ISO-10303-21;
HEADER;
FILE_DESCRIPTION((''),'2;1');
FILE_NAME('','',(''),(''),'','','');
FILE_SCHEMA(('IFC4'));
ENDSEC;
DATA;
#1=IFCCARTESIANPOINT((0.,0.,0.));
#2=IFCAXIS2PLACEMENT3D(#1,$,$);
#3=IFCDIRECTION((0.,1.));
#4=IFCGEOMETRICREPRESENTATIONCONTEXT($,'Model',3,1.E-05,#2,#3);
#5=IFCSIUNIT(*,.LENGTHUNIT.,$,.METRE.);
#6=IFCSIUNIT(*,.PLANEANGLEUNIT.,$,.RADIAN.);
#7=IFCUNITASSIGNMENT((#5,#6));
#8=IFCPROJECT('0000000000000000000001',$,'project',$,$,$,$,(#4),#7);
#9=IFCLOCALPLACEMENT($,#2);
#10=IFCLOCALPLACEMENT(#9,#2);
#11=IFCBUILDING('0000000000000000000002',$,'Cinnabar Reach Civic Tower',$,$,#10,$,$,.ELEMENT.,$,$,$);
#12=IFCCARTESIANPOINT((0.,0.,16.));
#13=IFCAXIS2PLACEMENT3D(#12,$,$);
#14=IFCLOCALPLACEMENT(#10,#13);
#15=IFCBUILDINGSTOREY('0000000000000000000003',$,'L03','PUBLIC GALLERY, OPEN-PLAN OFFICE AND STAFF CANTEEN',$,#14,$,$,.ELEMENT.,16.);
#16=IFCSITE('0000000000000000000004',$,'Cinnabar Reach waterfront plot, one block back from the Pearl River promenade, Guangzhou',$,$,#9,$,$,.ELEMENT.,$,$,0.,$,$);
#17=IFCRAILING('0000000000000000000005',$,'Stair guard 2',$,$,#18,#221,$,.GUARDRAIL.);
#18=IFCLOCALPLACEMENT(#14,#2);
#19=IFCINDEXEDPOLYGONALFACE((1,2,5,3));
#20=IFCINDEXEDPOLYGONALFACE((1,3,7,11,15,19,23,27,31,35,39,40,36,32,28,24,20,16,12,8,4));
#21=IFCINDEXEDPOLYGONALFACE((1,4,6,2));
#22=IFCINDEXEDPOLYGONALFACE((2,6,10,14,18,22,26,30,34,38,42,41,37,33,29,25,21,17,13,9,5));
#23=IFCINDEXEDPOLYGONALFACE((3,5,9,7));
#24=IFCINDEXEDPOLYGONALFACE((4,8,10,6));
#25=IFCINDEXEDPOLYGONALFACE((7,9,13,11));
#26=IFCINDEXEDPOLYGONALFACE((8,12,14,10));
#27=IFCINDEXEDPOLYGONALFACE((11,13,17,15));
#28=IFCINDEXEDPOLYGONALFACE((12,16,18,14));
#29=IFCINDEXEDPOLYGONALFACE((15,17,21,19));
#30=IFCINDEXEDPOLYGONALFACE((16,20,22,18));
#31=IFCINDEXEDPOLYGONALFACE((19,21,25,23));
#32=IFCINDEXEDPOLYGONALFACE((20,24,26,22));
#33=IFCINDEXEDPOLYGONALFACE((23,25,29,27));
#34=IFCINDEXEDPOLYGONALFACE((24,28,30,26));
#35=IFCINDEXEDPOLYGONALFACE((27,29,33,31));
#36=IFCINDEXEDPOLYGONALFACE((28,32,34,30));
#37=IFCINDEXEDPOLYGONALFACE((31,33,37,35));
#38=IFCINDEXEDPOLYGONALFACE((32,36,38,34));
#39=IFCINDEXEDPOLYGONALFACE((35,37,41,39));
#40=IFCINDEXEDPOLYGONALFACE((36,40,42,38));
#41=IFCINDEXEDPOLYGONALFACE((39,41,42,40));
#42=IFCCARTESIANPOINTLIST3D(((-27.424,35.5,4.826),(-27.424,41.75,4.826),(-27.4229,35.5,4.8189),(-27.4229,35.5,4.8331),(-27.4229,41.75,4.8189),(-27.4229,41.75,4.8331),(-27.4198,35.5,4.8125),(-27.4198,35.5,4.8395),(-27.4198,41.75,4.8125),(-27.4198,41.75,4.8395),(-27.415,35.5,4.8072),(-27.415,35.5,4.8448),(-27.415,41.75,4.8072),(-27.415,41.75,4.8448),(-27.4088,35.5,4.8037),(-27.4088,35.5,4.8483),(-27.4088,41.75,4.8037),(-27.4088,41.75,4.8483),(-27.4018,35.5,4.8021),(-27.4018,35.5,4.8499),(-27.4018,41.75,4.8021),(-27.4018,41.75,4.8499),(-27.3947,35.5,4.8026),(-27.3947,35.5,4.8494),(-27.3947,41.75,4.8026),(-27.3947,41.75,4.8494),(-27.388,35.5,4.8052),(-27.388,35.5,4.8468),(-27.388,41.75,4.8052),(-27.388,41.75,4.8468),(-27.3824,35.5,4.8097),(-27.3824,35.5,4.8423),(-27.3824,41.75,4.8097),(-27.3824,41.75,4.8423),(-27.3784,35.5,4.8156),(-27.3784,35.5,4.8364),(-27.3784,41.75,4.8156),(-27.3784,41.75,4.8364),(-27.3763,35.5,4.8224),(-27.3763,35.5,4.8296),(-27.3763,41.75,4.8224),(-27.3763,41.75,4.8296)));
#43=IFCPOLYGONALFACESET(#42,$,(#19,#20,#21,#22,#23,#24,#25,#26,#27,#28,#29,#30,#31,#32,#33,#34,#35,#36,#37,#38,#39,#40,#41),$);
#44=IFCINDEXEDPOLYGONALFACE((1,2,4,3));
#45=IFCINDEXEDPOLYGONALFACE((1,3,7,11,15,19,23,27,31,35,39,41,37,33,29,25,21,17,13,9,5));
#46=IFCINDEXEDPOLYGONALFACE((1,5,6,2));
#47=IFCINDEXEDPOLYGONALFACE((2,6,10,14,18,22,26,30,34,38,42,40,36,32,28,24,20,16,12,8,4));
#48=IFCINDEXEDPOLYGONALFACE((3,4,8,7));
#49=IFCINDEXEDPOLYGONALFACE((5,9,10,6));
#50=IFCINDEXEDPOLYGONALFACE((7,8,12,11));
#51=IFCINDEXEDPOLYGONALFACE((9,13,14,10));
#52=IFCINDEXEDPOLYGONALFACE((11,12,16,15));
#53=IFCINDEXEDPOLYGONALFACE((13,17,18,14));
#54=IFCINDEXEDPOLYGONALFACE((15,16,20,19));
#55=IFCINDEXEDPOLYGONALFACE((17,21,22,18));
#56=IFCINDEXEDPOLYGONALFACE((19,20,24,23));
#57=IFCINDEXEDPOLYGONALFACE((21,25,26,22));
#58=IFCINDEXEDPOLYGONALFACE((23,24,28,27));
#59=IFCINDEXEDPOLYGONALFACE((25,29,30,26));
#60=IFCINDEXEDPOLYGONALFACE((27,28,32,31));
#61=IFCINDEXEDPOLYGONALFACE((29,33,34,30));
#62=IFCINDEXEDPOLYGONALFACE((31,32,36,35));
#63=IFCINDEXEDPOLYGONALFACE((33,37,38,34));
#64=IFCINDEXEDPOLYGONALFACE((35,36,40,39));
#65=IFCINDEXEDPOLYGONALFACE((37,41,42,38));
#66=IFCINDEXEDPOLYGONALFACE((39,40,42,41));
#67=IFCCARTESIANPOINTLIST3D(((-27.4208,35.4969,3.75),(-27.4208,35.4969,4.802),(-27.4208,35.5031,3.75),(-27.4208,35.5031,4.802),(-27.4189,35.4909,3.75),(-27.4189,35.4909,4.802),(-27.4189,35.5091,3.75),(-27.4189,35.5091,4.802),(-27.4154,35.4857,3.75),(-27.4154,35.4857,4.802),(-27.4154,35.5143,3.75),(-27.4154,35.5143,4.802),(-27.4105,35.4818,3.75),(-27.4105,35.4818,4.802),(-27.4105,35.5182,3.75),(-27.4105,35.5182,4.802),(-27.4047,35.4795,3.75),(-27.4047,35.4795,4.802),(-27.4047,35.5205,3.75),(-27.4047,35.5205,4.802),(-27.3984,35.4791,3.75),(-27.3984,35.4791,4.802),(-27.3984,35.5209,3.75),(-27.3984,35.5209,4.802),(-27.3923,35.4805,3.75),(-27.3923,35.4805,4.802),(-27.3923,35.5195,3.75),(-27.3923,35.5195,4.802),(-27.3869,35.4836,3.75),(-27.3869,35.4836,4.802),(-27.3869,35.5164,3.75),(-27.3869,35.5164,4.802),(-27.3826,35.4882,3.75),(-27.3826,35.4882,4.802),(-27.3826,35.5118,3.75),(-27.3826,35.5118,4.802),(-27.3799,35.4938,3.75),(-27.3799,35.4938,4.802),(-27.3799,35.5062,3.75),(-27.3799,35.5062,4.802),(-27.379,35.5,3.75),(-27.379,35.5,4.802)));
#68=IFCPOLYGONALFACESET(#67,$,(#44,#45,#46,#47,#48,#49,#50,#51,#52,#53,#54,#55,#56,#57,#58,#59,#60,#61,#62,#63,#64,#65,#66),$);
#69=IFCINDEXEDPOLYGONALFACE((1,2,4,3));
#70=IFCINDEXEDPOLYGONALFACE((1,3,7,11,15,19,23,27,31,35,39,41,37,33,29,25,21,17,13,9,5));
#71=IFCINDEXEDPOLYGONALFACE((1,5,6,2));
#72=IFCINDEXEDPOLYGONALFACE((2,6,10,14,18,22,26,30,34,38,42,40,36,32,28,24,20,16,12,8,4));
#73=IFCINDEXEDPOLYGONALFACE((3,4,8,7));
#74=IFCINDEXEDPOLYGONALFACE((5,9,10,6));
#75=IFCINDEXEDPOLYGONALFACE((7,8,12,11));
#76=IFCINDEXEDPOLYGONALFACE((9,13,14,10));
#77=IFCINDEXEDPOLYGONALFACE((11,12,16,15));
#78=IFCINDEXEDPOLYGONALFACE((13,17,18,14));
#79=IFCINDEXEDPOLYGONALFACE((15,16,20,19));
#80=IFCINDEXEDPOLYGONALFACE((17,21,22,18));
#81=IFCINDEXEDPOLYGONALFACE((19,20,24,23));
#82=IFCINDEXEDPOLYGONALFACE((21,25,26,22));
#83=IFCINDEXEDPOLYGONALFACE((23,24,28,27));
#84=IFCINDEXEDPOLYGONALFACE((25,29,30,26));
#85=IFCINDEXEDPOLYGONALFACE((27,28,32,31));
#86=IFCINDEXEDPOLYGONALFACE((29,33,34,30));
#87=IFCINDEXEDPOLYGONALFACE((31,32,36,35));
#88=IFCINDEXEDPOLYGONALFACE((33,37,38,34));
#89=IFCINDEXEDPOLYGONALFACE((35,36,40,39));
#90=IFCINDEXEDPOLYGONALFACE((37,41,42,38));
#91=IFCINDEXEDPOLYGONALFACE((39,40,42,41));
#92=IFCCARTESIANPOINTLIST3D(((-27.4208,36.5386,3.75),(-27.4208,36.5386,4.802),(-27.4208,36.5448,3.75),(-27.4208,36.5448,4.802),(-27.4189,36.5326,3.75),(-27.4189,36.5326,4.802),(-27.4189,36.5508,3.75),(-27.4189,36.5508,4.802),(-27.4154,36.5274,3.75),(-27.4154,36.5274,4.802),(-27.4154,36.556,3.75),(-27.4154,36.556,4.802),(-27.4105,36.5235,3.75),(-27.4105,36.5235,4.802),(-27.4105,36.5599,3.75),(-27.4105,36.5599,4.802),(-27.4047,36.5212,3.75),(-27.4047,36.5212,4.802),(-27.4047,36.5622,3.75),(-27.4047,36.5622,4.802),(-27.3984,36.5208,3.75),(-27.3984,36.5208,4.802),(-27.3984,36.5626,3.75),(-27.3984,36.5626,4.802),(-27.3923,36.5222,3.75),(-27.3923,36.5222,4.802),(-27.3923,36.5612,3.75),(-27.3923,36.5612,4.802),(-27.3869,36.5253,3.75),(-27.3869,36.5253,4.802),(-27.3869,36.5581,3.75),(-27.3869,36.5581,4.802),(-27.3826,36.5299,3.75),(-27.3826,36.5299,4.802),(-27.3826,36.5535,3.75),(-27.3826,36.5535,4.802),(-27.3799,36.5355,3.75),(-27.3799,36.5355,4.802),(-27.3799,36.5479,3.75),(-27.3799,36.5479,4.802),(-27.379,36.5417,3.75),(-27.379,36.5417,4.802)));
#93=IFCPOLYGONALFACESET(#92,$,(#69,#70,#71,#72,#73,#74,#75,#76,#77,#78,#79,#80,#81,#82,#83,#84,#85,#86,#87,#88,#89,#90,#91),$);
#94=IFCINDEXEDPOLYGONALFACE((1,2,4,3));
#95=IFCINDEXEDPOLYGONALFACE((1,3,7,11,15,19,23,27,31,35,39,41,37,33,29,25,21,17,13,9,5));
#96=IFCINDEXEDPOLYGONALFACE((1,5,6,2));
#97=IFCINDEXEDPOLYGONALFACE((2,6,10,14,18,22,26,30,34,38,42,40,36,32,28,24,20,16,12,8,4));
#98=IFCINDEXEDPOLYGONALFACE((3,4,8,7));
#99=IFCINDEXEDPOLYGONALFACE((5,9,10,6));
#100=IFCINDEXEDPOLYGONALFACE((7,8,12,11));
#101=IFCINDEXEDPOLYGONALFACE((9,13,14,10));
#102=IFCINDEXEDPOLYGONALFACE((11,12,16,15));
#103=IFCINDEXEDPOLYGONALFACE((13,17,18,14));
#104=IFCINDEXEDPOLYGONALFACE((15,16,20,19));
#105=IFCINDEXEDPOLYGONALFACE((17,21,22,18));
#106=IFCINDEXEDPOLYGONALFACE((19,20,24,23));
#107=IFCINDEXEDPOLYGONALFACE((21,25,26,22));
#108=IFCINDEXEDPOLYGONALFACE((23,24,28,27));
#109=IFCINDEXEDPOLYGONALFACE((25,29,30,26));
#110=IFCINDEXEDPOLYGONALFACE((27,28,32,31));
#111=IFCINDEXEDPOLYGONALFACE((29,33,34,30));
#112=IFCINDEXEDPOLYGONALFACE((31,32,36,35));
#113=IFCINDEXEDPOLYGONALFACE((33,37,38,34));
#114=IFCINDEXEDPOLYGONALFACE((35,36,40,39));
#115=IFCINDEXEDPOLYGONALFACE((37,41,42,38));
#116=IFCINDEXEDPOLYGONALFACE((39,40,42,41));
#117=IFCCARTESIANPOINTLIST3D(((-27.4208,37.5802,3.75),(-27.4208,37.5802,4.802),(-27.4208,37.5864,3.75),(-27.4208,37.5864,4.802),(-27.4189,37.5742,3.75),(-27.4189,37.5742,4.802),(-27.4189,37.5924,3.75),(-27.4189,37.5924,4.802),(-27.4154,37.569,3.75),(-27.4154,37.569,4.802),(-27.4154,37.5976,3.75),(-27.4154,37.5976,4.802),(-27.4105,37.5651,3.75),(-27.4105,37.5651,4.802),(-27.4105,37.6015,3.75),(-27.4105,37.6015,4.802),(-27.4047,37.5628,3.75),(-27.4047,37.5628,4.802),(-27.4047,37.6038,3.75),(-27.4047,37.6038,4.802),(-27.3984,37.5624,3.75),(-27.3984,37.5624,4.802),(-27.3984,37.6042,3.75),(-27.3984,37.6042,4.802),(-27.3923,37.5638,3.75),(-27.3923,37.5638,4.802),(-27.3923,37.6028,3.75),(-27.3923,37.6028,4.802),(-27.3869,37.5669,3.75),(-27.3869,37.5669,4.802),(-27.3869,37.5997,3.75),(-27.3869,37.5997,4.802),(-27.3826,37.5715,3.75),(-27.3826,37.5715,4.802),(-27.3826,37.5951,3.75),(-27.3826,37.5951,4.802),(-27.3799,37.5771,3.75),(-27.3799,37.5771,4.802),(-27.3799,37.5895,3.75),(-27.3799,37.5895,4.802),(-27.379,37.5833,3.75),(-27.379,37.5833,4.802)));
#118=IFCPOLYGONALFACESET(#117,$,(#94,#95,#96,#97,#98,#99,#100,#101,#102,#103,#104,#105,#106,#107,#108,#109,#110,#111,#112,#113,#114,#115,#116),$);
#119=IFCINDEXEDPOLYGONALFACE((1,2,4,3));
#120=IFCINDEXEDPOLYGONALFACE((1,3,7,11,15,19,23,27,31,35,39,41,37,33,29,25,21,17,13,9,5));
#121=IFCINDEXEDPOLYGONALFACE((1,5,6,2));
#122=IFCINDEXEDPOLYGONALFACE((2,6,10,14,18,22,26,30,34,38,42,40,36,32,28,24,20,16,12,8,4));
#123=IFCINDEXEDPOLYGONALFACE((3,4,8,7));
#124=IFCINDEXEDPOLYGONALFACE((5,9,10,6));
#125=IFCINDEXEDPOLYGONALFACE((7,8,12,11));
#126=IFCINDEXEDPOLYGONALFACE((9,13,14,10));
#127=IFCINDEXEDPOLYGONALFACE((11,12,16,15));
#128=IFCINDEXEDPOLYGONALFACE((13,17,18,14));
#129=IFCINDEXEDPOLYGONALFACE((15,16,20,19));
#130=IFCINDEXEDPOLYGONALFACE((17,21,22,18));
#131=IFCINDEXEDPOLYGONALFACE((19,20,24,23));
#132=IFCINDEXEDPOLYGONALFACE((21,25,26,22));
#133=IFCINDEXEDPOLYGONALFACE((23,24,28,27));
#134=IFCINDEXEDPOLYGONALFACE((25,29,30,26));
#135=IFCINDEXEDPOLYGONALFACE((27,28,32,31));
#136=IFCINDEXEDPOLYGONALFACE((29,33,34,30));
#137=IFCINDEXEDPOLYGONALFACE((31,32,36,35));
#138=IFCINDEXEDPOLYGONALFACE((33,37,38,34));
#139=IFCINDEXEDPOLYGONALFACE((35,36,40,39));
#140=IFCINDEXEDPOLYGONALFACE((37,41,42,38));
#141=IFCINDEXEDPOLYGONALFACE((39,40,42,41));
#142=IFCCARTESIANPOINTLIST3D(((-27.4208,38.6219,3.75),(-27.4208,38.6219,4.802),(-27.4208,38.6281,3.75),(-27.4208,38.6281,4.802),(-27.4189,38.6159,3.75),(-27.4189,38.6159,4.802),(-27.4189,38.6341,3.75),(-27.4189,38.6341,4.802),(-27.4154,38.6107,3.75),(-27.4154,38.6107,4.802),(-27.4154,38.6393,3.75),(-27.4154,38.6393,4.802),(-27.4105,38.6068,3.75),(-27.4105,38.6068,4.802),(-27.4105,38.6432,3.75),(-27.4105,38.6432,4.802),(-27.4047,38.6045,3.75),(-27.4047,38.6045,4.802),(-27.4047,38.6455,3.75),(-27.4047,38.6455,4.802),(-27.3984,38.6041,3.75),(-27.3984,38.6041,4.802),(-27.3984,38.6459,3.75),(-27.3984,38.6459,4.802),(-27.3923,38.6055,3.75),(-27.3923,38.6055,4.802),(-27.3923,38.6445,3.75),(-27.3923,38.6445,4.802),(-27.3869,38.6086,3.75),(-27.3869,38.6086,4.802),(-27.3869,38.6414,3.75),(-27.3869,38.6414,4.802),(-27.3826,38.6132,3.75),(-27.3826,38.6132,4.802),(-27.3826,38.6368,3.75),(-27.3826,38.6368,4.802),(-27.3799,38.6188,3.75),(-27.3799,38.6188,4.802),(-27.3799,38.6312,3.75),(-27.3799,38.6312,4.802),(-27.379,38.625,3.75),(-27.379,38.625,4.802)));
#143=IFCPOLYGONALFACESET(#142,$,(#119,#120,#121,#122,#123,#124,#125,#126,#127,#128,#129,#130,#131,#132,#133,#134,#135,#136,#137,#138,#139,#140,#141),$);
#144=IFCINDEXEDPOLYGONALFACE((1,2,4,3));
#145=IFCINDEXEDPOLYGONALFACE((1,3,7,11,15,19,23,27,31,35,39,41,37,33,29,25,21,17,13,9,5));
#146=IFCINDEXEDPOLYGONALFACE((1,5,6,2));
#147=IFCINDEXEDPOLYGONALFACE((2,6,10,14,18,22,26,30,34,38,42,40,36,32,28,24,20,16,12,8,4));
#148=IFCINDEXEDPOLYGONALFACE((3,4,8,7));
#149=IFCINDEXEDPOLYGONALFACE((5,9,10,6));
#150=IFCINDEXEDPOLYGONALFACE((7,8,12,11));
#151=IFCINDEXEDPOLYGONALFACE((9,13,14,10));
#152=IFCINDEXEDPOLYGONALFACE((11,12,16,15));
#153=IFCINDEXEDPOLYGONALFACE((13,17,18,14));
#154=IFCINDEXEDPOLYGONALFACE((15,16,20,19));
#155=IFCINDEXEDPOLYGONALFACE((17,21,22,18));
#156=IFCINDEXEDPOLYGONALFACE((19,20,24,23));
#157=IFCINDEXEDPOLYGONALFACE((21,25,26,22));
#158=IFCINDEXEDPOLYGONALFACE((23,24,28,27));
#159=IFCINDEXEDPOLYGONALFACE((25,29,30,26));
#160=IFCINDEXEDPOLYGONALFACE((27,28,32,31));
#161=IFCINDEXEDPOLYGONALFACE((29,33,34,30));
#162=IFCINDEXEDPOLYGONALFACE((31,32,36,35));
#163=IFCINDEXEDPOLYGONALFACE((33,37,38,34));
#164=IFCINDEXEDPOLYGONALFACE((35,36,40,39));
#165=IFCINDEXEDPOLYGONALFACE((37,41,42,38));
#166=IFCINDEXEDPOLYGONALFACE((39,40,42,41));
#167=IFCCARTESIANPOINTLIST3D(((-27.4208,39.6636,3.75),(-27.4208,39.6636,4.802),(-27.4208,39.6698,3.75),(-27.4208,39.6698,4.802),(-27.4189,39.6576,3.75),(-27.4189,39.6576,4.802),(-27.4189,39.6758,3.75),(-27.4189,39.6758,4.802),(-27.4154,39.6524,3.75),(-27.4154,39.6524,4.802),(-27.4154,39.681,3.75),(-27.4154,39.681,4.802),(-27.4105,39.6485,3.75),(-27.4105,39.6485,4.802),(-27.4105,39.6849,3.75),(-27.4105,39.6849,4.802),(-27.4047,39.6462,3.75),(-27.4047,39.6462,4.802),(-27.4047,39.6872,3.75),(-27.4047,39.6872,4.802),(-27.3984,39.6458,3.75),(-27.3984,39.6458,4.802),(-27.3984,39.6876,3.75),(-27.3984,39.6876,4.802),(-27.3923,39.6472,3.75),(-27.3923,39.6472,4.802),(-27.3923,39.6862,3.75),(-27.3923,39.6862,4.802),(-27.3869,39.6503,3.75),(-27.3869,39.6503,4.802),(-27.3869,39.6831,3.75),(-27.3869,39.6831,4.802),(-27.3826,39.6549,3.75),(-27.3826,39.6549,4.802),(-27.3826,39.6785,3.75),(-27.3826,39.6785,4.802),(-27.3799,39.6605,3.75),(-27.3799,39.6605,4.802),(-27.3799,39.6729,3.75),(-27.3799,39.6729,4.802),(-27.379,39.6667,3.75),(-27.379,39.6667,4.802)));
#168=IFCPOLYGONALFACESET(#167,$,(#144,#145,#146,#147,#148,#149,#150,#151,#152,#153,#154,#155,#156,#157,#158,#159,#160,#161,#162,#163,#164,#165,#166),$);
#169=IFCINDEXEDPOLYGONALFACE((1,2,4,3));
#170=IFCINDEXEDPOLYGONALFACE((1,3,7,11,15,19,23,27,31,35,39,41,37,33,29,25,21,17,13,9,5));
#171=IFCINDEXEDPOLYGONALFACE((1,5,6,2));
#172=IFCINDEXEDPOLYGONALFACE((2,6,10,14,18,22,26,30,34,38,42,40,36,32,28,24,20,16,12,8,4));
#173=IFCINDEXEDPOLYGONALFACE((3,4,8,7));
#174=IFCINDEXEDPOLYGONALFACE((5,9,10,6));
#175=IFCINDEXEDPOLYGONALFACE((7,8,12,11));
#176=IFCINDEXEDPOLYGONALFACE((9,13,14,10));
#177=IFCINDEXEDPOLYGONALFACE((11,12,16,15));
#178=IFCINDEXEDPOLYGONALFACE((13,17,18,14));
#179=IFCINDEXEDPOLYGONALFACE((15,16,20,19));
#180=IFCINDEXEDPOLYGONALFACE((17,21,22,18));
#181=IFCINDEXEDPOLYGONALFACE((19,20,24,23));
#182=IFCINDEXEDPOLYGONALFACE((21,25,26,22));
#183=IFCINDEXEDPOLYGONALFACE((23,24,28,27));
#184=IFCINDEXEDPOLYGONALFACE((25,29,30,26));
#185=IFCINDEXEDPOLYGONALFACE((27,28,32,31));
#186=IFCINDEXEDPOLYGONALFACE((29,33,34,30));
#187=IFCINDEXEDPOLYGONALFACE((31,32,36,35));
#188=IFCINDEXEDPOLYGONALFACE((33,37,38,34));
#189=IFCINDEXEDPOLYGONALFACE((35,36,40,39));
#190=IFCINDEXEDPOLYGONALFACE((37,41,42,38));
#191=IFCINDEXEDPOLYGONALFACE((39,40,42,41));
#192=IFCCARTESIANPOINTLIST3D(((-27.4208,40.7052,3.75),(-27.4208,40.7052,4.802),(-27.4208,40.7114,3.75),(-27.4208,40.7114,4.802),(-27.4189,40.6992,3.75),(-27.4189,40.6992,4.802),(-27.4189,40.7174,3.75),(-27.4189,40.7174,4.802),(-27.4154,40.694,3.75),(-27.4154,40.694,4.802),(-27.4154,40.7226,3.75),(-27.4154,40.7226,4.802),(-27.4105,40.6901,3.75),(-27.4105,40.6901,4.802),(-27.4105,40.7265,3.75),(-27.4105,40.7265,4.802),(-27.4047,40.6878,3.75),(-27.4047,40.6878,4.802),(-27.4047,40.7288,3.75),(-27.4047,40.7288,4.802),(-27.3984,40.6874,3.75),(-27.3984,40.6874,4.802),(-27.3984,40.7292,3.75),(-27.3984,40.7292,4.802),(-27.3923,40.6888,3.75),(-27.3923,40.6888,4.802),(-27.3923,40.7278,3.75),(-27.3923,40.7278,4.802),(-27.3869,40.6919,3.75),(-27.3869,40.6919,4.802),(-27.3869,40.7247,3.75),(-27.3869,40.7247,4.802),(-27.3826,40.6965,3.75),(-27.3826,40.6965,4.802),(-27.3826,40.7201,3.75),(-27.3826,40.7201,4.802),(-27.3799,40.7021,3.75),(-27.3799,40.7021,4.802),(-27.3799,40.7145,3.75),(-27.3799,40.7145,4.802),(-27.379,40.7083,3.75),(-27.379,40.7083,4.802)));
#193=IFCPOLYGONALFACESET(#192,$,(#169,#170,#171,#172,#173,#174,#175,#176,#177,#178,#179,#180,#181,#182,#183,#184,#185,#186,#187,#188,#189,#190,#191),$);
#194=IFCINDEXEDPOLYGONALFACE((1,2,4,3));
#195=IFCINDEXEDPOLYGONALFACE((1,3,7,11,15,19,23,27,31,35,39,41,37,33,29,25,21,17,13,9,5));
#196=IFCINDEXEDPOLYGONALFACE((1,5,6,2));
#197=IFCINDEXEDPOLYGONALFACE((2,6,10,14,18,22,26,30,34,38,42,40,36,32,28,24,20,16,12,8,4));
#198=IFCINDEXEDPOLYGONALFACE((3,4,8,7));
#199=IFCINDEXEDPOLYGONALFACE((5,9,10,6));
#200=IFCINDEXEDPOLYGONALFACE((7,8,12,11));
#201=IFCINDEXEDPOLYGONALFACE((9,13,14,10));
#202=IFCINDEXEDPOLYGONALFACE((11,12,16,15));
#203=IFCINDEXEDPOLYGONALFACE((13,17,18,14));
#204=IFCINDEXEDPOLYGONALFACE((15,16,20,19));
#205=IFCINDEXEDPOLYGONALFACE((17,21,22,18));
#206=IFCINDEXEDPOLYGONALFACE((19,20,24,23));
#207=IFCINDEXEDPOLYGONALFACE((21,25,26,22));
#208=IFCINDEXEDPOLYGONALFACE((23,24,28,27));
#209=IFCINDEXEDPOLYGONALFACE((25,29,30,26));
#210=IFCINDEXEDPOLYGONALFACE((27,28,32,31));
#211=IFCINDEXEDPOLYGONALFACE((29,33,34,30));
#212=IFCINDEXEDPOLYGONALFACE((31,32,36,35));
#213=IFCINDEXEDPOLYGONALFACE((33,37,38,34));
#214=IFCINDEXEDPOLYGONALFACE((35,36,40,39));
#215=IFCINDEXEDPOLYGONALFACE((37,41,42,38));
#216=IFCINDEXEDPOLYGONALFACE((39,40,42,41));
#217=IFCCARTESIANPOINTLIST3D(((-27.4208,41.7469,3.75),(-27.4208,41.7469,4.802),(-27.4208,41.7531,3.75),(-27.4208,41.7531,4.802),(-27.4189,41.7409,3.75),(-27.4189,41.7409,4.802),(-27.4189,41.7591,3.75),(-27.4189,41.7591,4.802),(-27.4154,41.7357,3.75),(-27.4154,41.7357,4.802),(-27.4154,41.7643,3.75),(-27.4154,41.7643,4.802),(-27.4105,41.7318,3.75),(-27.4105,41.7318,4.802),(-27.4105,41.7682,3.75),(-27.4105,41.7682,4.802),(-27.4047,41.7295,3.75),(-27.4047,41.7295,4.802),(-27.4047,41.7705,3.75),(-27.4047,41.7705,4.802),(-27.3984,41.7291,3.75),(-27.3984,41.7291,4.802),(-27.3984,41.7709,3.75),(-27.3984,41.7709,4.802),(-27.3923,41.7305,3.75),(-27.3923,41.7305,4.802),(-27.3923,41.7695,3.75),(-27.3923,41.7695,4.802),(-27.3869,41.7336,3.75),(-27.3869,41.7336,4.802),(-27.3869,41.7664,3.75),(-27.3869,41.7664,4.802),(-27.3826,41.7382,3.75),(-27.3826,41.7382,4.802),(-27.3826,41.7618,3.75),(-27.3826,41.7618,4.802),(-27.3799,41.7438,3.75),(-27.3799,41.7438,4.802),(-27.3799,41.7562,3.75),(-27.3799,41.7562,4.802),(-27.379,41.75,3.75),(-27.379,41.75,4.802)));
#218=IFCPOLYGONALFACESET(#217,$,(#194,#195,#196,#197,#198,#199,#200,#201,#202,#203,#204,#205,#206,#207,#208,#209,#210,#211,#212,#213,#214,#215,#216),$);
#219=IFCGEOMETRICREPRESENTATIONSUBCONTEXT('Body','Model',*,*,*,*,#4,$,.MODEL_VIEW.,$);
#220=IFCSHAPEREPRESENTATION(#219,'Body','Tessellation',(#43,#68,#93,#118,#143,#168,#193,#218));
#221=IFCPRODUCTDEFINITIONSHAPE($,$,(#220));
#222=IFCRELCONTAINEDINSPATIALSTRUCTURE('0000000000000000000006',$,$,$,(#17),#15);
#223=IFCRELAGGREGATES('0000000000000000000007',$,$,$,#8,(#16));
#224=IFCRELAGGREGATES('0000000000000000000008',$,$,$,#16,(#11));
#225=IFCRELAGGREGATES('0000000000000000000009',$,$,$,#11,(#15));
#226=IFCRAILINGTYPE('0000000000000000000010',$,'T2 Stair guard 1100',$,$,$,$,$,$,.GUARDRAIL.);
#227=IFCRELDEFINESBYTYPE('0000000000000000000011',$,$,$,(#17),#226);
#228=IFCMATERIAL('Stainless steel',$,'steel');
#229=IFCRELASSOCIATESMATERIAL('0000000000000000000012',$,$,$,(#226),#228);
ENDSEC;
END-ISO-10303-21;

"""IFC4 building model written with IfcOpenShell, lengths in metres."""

from ifc_helpers import new_model, si_unit, direction, frame, origin, origin_2d, place, context, subcontext, project, spatial, circle, extrude, material, type_object, element, save


model = new_model("IFC4")

# Units and contexts
model_context = context("Model", 3, precision=1e-05, world=origin(), true_north=direction((0.0, 1.0)))
body_context = subcontext(model_context, "Body", "Model", "MODEL_VIEW")
ifc_project = project(units=[si_unit("LENGTHUNIT", "METRE"), si_unit("PLANEANGLEUNIT", "RADIAN")], contexts=[model_context])

# Site, building, storey
site_placement = place(None, origin())
site = spatial("IfcSite", under=ifc_project, at=site_placement, Name="Cinnabar Reach waterfront plot, one block back from the Pearl River promenade, Guangzhou", CompositionType="ELEMENT", RefElevation=0.0)
building_placement = place(site_placement, origin())
building = spatial("IfcBuilding", under=site, at=building_placement, Name="Cinnabar Reach Civic Tower", CompositionType="ELEMENT")
storey_placement = place(building_placement, frame((0.0, 0.0, 16.0)))
storey = spatial("IfcBuildingStorey", under=building, at=storey_placement, Name="L03", Description="PUBLIC GALLERY, OPEN-PLAN OFFICE AND STAFF CANTEEN", CompositionType="ELEMENT", Elevation=16.0)

# Railing
ifc_material_1 = material(Name="Stainless steel", Category="steel")
railing_type = type_object("IfcRailingType", Name="T2 Stair guard 1100", PredefinedType="GUARDRAIL", material=ifc_material_1)
for number, where, name in (
    (1, (-27.4, 35.5, 3.75), "Stair guard 2"),
):
    element("IfcRailing", number, at=place(storey_placement, frame(where)), inside=storey, type_object=railing_type, Name=name, PredefinedType="GUARDRAIL", context=body_context, shape_type="SweptSolid", body=[
        extrude(circle(Radius=0.024, at=origin_2d()), frame((0.0, 0.0, 1.076), z_axis=(0.0, 1.0, 0.0), x_axis=(-1.0, 0.0, 0.0)), (0.0, 0.0, 1.0), 6.25),
        extrude(circle(Radius=0.021, at=origin_2d()), origin(), (0.0, 0.0, 1.0), 1.052),
        extrude(circle(Radius=0.021, at=origin_2d()), frame((0.0, 1.0417, 0.0)), (0.0, 0.0, 1.0), 1.052),
        extrude(circle(Radius=0.021, at=origin_2d()), frame((0.0, 2.0833, 0.0)), (0.0, 0.0, 1.0), 1.052),
        extrude(circle(Radius=0.021, at=origin_2d()), frame((0.0, 3.125, 0.0)), (0.0, 0.0, 1.0), 1.052),
        extrude(circle(Radius=0.021, at=origin_2d()), frame((0.0, 4.1667, 0.0)), (0.0, 0.0, 1.0), 1.052),
        extrude(circle(Radius=0.021, at=origin_2d()), frame((0.0, 5.2083, 0.0)), (0.0, 0.0, 1.0), 1.052),
        extrude(circle(Radius=0.021, at=origin_2d()), frame((0.0, 6.25, 0.0)), (0.0, 0.0, 1.0), 1.052),
    ])

save(model, "model.ifc")
